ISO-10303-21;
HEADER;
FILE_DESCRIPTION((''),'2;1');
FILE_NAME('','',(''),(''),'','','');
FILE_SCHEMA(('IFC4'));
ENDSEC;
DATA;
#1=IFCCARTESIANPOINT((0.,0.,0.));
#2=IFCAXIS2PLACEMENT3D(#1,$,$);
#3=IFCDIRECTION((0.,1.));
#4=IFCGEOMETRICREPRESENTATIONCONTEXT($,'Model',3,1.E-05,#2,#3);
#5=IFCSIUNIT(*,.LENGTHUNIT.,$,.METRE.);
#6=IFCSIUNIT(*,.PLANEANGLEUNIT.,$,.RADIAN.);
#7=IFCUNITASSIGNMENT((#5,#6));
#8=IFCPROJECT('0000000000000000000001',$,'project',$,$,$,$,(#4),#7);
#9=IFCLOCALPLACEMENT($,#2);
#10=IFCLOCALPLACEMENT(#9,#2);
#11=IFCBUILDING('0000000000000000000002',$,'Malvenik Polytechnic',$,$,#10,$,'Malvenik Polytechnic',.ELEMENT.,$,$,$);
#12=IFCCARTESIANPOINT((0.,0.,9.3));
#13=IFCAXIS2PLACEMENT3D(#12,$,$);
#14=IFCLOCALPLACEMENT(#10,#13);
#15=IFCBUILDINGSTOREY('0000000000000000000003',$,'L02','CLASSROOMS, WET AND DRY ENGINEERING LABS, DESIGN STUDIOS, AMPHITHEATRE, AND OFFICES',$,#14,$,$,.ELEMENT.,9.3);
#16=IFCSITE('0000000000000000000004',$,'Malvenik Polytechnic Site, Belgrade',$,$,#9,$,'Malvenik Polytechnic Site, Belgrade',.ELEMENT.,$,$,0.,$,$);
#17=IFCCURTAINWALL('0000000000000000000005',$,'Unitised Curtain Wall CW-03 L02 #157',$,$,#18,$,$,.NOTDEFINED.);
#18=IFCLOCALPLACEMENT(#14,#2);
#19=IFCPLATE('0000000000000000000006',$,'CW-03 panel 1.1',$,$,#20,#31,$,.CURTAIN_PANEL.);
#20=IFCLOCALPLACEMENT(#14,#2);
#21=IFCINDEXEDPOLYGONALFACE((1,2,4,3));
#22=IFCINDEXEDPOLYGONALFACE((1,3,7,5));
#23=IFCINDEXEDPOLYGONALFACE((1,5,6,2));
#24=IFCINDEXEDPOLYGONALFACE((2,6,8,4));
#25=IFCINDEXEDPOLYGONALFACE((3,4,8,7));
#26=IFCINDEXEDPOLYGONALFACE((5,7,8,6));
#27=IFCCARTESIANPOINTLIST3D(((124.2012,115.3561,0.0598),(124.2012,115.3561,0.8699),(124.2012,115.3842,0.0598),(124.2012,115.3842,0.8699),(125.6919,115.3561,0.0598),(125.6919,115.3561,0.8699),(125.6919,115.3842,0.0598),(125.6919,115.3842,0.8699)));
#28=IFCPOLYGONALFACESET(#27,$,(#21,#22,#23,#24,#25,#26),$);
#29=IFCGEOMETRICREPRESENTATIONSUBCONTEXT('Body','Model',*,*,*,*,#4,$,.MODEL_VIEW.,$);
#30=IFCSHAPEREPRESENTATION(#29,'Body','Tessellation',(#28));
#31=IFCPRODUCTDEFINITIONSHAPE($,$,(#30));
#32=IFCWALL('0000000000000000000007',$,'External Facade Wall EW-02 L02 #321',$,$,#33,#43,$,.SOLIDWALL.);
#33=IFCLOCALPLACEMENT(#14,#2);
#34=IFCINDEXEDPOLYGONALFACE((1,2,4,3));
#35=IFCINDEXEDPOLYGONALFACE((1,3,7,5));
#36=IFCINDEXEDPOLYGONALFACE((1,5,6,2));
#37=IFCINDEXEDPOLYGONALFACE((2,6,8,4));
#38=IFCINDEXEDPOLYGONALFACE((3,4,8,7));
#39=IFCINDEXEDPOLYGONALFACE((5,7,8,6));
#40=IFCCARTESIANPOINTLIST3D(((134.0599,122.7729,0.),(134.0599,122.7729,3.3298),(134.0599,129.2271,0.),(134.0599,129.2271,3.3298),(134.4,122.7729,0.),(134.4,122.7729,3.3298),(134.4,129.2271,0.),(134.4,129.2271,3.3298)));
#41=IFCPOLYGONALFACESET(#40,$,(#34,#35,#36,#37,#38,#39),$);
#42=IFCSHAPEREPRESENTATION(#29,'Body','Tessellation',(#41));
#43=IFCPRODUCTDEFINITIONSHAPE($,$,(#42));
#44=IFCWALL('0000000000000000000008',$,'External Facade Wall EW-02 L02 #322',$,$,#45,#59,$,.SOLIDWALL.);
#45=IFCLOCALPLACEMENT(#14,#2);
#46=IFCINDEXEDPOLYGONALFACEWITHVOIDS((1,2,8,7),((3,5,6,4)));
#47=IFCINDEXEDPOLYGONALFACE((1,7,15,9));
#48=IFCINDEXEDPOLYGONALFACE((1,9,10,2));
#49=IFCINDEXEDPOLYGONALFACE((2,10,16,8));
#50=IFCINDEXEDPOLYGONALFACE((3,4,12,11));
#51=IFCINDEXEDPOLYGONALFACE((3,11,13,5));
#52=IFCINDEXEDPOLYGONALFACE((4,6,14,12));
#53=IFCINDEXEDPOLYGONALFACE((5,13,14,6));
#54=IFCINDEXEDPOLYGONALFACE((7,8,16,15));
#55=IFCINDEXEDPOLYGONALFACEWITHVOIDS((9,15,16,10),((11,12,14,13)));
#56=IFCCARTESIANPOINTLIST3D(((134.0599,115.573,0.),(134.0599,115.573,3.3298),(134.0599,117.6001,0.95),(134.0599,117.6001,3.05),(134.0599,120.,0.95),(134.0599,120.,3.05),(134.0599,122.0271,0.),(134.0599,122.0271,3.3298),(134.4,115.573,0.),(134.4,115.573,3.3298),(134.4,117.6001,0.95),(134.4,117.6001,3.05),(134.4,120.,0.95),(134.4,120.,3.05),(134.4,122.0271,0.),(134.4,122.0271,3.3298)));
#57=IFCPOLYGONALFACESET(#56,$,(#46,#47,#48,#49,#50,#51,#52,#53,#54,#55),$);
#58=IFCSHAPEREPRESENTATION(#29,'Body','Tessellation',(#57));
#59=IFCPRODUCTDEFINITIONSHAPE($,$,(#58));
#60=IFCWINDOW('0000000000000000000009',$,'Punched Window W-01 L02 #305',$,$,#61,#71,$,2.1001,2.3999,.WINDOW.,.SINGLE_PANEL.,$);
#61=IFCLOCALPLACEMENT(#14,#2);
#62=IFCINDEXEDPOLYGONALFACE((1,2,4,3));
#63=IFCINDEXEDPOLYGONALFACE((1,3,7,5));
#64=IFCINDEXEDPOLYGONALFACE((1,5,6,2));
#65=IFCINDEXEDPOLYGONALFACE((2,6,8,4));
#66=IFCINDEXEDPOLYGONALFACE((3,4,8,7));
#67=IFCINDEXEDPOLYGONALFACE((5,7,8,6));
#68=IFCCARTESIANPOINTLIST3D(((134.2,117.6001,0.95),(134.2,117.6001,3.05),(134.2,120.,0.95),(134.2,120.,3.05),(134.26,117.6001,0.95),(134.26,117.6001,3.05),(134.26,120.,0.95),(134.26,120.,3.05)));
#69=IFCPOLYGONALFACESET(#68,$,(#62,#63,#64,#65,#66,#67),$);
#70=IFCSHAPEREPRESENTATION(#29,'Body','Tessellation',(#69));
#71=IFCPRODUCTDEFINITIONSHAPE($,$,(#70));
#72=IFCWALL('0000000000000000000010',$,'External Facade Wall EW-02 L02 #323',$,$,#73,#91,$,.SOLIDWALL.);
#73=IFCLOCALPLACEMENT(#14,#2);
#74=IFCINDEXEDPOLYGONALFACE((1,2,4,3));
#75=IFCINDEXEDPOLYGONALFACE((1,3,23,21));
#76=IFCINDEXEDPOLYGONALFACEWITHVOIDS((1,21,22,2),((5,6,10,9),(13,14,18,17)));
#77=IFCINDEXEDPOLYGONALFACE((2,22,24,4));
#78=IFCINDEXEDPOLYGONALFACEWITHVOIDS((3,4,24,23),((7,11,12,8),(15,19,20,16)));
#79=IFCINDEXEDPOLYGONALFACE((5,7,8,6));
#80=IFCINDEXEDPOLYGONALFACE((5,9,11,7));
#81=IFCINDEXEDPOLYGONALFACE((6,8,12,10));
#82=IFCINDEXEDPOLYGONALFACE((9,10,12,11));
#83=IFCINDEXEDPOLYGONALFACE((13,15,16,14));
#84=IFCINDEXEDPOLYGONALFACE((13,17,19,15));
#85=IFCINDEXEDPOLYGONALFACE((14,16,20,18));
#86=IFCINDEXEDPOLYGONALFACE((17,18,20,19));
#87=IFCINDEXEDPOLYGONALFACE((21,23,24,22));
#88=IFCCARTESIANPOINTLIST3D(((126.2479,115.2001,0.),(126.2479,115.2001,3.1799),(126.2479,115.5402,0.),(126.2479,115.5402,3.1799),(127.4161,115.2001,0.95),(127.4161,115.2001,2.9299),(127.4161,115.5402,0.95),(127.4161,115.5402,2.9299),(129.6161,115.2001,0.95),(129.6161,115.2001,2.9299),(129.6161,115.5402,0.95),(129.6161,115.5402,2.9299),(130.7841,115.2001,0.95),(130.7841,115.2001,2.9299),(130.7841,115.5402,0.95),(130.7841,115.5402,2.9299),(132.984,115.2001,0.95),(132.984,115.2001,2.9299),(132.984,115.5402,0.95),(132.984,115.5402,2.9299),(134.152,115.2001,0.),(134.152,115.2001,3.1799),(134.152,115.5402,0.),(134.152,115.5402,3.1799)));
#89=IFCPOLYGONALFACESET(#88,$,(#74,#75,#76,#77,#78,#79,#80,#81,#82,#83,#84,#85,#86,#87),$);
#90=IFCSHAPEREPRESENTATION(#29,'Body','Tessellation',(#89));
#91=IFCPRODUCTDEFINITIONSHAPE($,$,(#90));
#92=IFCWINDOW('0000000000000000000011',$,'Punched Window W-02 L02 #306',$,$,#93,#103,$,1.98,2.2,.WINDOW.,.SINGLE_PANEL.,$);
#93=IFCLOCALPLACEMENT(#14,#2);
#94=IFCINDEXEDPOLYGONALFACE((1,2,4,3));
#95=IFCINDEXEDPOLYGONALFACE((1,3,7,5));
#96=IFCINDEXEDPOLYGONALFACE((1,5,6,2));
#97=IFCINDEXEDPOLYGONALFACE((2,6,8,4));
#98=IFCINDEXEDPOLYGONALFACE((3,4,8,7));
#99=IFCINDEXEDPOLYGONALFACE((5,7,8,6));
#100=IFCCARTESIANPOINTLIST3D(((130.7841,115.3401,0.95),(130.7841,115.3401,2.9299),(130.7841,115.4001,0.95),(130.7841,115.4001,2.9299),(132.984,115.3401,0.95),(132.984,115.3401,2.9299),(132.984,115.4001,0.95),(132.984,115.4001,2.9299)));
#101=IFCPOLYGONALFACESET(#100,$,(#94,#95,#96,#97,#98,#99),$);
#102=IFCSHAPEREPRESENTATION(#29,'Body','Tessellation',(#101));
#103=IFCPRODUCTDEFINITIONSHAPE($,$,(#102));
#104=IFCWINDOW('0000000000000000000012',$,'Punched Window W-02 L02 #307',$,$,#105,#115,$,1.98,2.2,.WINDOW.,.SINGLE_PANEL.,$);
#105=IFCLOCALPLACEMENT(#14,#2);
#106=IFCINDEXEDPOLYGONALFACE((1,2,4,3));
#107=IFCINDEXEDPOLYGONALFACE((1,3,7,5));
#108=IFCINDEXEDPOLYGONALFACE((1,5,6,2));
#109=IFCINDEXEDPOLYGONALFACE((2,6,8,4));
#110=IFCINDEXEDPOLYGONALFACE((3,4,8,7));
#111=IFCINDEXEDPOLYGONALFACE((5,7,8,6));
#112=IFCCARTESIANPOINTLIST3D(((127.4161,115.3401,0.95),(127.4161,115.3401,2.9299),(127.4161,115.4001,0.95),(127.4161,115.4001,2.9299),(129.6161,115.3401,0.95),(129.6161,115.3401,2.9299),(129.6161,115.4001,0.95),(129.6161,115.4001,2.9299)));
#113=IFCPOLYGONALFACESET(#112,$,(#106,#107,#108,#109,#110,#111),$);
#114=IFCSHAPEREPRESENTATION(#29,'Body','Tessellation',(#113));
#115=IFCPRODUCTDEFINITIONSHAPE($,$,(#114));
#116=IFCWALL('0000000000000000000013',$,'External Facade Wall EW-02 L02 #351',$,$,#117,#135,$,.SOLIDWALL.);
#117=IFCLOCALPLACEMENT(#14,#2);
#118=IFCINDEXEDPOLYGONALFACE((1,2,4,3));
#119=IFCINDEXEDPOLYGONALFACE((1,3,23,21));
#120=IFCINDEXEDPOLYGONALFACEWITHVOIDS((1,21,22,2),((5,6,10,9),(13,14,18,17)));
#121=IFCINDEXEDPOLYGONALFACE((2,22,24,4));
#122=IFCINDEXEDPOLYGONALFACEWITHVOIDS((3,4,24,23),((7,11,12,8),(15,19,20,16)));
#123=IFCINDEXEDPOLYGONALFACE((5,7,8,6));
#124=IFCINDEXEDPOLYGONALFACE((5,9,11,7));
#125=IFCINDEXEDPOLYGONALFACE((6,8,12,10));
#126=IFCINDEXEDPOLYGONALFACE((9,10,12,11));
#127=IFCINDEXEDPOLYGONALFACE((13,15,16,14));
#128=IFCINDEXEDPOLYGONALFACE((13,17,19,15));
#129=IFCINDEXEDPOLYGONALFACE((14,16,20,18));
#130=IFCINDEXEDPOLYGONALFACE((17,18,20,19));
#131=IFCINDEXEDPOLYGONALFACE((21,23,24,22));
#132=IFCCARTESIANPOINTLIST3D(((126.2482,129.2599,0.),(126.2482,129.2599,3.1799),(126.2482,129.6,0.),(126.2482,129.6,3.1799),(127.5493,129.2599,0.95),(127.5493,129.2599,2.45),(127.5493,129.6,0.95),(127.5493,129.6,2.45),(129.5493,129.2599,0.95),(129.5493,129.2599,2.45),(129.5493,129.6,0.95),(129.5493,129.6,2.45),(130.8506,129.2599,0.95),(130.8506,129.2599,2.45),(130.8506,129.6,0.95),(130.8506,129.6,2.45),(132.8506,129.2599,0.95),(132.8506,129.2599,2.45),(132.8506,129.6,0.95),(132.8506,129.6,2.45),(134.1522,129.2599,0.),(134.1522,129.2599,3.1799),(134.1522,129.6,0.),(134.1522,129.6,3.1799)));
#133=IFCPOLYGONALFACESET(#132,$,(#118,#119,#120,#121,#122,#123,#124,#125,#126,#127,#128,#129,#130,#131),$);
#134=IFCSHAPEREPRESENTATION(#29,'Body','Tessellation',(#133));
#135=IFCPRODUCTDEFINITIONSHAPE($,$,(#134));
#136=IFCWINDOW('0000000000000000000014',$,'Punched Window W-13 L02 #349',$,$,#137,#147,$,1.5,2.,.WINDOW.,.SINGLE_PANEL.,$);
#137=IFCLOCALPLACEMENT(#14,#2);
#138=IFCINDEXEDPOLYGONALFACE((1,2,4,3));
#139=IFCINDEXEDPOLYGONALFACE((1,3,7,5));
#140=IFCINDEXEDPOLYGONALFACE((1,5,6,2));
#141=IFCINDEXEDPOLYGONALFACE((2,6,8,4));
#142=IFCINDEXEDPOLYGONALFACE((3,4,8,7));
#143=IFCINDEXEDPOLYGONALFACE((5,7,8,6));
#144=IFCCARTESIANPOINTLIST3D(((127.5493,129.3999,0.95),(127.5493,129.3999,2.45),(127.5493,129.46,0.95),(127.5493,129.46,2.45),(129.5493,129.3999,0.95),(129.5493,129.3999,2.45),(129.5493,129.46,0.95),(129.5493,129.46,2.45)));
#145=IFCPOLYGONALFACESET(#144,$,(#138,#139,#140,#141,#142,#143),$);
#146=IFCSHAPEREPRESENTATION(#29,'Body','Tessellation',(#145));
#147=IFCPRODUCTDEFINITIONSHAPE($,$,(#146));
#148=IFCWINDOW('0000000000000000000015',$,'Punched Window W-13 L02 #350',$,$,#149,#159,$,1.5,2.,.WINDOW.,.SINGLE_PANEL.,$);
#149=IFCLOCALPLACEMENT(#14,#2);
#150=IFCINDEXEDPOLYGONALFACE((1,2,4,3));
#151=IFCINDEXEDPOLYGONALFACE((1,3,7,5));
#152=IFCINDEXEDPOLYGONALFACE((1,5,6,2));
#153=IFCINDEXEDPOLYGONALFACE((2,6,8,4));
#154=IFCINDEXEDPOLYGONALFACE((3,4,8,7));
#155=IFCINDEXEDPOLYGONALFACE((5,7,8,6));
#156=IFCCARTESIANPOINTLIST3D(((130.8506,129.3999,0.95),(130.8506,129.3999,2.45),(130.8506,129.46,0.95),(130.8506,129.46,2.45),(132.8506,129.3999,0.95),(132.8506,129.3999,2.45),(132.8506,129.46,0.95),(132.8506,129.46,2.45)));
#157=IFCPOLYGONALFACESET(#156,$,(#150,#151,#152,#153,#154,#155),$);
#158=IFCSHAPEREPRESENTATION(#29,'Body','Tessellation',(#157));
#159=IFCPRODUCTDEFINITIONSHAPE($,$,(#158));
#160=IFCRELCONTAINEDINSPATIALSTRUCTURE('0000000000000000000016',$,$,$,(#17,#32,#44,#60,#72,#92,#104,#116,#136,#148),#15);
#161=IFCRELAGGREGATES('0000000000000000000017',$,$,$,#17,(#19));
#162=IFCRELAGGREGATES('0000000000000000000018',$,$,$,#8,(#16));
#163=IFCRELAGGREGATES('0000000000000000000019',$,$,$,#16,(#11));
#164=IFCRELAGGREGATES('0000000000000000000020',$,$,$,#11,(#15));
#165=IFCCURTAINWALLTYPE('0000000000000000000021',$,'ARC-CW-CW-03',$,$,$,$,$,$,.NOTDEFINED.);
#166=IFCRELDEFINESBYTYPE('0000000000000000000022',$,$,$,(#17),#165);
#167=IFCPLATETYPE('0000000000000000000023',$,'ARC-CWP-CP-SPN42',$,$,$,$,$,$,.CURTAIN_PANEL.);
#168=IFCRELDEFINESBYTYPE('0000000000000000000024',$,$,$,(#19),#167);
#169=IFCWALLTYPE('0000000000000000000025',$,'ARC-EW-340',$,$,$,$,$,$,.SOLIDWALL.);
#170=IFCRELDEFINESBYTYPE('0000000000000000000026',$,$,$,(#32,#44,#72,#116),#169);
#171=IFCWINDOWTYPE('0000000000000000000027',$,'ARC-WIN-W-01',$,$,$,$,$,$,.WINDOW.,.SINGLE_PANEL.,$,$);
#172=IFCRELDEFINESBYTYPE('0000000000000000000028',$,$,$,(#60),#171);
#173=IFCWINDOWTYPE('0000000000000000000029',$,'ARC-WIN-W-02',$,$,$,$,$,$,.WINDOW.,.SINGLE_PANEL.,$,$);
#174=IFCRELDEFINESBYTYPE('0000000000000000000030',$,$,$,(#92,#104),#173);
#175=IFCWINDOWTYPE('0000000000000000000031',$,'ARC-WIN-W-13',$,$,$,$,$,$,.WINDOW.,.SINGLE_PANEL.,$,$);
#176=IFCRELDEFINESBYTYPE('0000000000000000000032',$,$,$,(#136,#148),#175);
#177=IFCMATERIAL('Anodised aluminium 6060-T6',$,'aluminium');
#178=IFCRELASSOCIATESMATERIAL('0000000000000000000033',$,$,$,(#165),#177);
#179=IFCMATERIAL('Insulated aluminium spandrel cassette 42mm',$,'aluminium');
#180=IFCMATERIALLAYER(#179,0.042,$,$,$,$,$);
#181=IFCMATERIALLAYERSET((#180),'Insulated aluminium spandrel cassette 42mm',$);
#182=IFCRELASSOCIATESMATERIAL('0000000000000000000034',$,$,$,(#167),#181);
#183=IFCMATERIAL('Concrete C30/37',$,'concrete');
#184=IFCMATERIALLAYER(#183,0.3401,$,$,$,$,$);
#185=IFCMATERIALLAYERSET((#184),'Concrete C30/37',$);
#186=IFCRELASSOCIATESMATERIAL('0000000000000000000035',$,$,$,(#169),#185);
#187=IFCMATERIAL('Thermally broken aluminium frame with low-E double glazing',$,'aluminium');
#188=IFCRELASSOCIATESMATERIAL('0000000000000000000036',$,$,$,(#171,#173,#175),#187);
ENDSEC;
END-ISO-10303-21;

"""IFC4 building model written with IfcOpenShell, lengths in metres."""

from ifc_helpers import new_model, si_unit, direction, frame, frame_2d, origin, origin_2d, place, context, subcontext, project, spatial, rectangle, extrude, material, layer, layer_set, type_object, element, fill, aggregate, save


model = new_model("IFC4")

# Units and contexts
model_context = context("Model", 3, precision=1e-05, world=origin(), true_north=direction((0.0, 1.0)))
body_context = subcontext(model_context, "Body", "Model", "MODEL_VIEW")
ifc_project = project(units=[si_unit("LENGTHUNIT", "METRE"), si_unit("PLANEANGLEUNIT", "RADIAN")], contexts=[model_context])

# Site, building, storey
site_placement = place(None, origin())
site = spatial("IfcSite", under=ifc_project, at=site_placement, Name="Malvenik Polytechnic Site, Belgrade", LongName="Malvenik Polytechnic Site, Belgrade", CompositionType="ELEMENT", RefElevation=0.0)
building_placement = place(site_placement, origin())
building = spatial("IfcBuilding", under=site, at=building_placement, Name="Malvenik Polytechnic", LongName="Malvenik Polytechnic", CompositionType="ELEMENT")
storey_placement = place(building_placement, frame((0.0, 0.0, 9.3)))
storey = spatial("IfcBuildingStorey", under=building, at=storey_placement, Name="L02", Description="CLASSROOMS, WET AND DRY ENGINEERING LABS, DESIGN STUDIOS, AMPHITHEATRE, AND OFFICES", CompositionType="ELEMENT", Elevation=9.3)

# Curtain wall
ifc_material_1 = material(Name="Anodised aluminium 6060-T6", Category="aluminium")
curtain_wall_type = type_object("IfcCurtainWallType", Name="ARC-CW-CW-03", PredefinedType="NOTDEFINED", material=ifc_material_1)
curtain_wall_placement = place(storey_placement, origin())
curtain_wall = element("IfcCurtainWall", 1, at=curtain_wall_placement, inside=storey, type_object=curtain_wall_type, Name="Unitised Curtain Wall CW-03 L02 #157", PredefinedType="NOTDEFINED")

# Shared definitions
ifc_material_2 = material(Name="Concrete C30/37", Category="concrete")

# Plate
ifc_material_3 = material(Name="Insulated aluminium spandrel cassette 42mm", Category="aluminium")
ifc_layer_1 = layer(ifc_material_3, 0.042)
ifc_layer_set_1 = layer_set([ifc_layer_1], Name="Insulated aluminium spandrel cassette 42mm")
plate_type_1 = type_object("IfcPlateType", Name="ARC-CWP-CP-SPN42", PredefinedType="CURTAIN_PANEL", material=ifc_layer_set_1)
plate_1_placement = place(storey_placement, frame((124.9465, 115.3701, 0.0598), z_axis=(0.0, 0.0, 1.0), x_axis=(-1.0, 0.0, 0.0)))
plate_1 = element("IfcPlate", 2, at=plate_1_placement, type_object=plate_type_1, Name="CW-03 panel 1.1", PredefinedType="CURTAIN_PANEL", context=body_context, shape_type="SweptSolid", body=[
    extrude(rectangle(XDim=1.4907, YDim=0.0281, at=origin_2d()), origin(), (0.0, 0.0, 1.0), 0.8101),
])
aggregate(curtain_wall, [plate_1])

# Wall
ifc_layer_2 = layer(ifc_material_2, 0.3401)
ifc_layer_set_2 = layer_set([ifc_layer_2], Name="Concrete C30/37")
wall_type_1 = type_object("IfcWallType", Name="ARC-EW-340", PredefinedType="SOLIDWALL", material=ifc_layer_set_2)
wall_1_placement = place(storey_placement, frame((134.23, 129.2271, 0.0), z_axis=(0.0, 0.0, 1.0), x_axis=(0.0, -1.0, 0.0)))
element("IfcWall", 3, at=wall_1_placement, inside=storey, type_object=wall_type_1, Name="External Facade Wall EW-02 L02 #321", PredefinedType="SOLIDWALL", context=body_context, shape_type="SweptSolid", body=[
    extrude(rectangle(XDim=6.4541, YDim=0.3401, at=frame_2d((3.2271, 0.0))), origin(), (0.0, 0.0, 1.0), 3.3298),
])

# Wall, opening, window
wall_2_placement = place(storey_placement, frame((134.23, 122.0271, 0.0), z_axis=(0.0, 0.0, 1.0), x_axis=(0.0, -1.0, 0.0)))
wall_2 = element("IfcWall", 4, at=wall_2_placement, inside=storey, type_object=wall_type_1, Name="External Facade Wall EW-02 L02 #322", PredefinedType="SOLIDWALL", context=body_context, shape_type="SweptSolid", body=[
    extrude(rectangle(XDim=6.4541, YDim=0.3401, at=frame_2d((3.2271, 0.0))), origin(), (0.0, 0.0, 1.0), 3.3298),
])
opening_1_placement = place(wall_2_placement, frame((2.0271, 0.0, 0.95)))
opening_1 = element("IfcOpeningElement", 5, at=opening_1_placement, cuts=wall_2, PredefinedType="OPENING", context=body_context, shape_type="SweptSolid", body=[
    extrude(rectangle(XDim=2.3999, YDim=2.1001, at=frame_2d((1.2, 1.05))), frame((0.0, 0.1802, 0.0), z_axis=(0.0, -1.0, 0.0), x_axis=(1.0, 0.0, 0.0)), (0.0, 0.0, 1.0), 0.3601),
])
ifc_material_4 = material(Name="Thermally broken aluminium frame with low-E double glazing", Category="aluminium")
window_type_1 = type_object("IfcWindowType", Name="ARC-WIN-W-01", PartitioningType="SINGLE_PANEL", PredefinedType="WINDOW", material=ifc_material_4)
window_1_placement = place(opening_1_placement, origin())
window_1 = element("IfcWindow", 6, at=window_1_placement, inside=storey, type_object=window_type_1, Name="Punched Window W-01 L02 #305", OverallHeight=2.1001, OverallWidth=2.3999, PartitioningType="SINGLE_PANEL", PredefinedType="WINDOW", context=body_context, shape_type="SweptSolid", body=[
    extrude(rectangle(XDim=2.3999, YDim=2.1001, at=frame_2d((1.2, 1.05))), frame((0.0, 0.03, 0.0), z_axis=(0.0, -1.0, 0.0), x_axis=(1.0, 0.0, 0.0)), (0.0, 0.0, 1.0), 0.0601),
])
fill(opening_1, window_1)

# Walls, openings, windows
wall_3_placement = place(storey_placement, frame((134.1521, 115.3701, 0.0), z_axis=(0.0, 0.0, 1.0), x_axis=(-1.0, 0.0, 0.0)))
wall_3 = element("IfcWall", 7, at=wall_3_placement, inside=storey, type_object=wall_type_1, Name="External Facade Wall EW-02 L02 #323", PredefinedType="SOLIDWALL", context=body_context, shape_type="SweptSolid", body=[
    extrude(rectangle(XDim=7.9041, YDim=0.3401, at=frame_2d((3.9521, 0.0))), origin(), (0.0, 0.0, 1.0), 3.1799),
])
opening_2_placement = place(wall_3_placement, frame((1.168, 0.0, 0.95)))
opening_2 = element("IfcOpeningElement", 8, at=opening_2_placement, cuts=wall_3, PredefinedType="OPENING", context=body_context, shape_type="SweptSolid", body=[
    extrude(rectangle(XDim=2.2, YDim=1.98, at=frame_2d((1.1001, 0.99))), frame((0.0, 0.1802, 0.0), z_axis=(0.0, -1.0, 0.0), x_axis=(1.0, 0.0, 0.0)), (0.0, 0.0, 1.0), 0.3601),
])
opening_3_placement = place(wall_3_placement, frame((4.5359, 0.0, 0.95)))
opening_3 = element("IfcOpeningElement", 9, at=opening_3_placement, cuts=wall_3, PredefinedType="OPENING", context=body_context, shape_type="SweptSolid", body=[
    extrude(rectangle(XDim=2.2, YDim=1.98, at=frame_2d((1.1001, 0.99))), frame((0.0, 0.1802, 0.0), z_axis=(0.0, -1.0, 0.0), x_axis=(1.0, 0.0, 0.0)), (0.0, 0.0, 1.0), 0.3601),
])
window_type_2 = type_object("IfcWindowType", Name="ARC-WIN-W-02", PartitioningType="SINGLE_PANEL", PredefinedType="WINDOW", material=ifc_material_4)
window_2_placement = place(opening_2_placement, origin())
window_2 = element("IfcWindow", 10, at=window_2_placement, inside=storey, type_object=window_type_2, Name="Punched Window W-02 L02 #306", OverallHeight=1.98, OverallWidth=2.2, PartitioningType="SINGLE_PANEL", PredefinedType="WINDOW", context=body_context, shape_type="SweptSolid", body=[
    extrude(rectangle(XDim=2.2, YDim=1.98, at=frame_2d((1.1001, 0.99))), frame((0.0, 0.03, 0.0), z_axis=(0.0, -1.0, 0.0), x_axis=(1.0, 0.0, 0.0)), (0.0, 0.0, 1.0), 0.0601),
])
fill(opening_2, window_2)
window_3_placement = place(opening_3_placement, origin())
window_3 = element("IfcWindow", 11, at=window_3_placement, inside=storey, type_object=window_type_2, Name="Punched Window W-02 L02 #307", OverallHeight=1.98, OverallWidth=2.2, PartitioningType="SINGLE_PANEL", PredefinedType="WINDOW", context=body_context, shape_type="SweptSolid", body=[
    extrude(rectangle(XDim=2.2, YDim=1.98, at=frame_2d((1.1001, 0.99))), frame((0.0, 0.03, 0.0), z_axis=(0.0, -1.0, 0.0), x_axis=(1.0, 0.0, 0.0)), (0.0, 0.0, 1.0), 0.0601),
])
fill(opening_3, window_3)
wall_4_placement = place(storey_placement, frame((126.248, 129.4299, 0.0), z_axis=(0.0, 0.0, 1.0), x_axis=(1.0, 0.0, 0.0)))
wall_4 = element("IfcWall", 12, at=wall_4_placement, inside=storey, type_object=wall_type_1, Name="External Facade Wall EW-02 L02 #351", PredefinedType="SOLIDWALL", context=body_context, shape_type="SweptSolid", body=[
    extrude(rectangle(XDim=7.9041, YDim=0.3401, at=frame_2d((3.9521, 0.0))), origin(), (0.0, 0.0, 1.0), 3.1799),
])
opening_4_placement = place(wall_4_placement, frame((1.3013, 0.0, 0.95)))
opening_4 = element("IfcOpeningElement", 13, at=opening_4_placement, cuts=wall_4, PredefinedType="OPENING", context=body_context, shape_type="SweptSolid", body=[
    extrude(rectangle(XDim=2.0, YDim=1.5, at=frame_2d((1.0, 0.75))), frame((0.0, 0.1802, 0.0), z_axis=(0.0, -1.0, 0.0), x_axis=(1.0, 0.0, 0.0)), (0.0, 0.0, 1.0), 0.3601),
])
opening_5_placement = place(wall_4_placement, frame((4.6025, 0.0, 0.95)))
opening_5 = element("IfcOpeningElement", 14, at=opening_5_placement, cuts=wall_4, PredefinedType="OPENING", context=body_context, shape_type="SweptSolid", body=[
    extrude(rectangle(XDim=2.0, YDim=1.5, at=frame_2d((1.0, 0.75))), frame((0.0, 0.1802, 0.0), z_axis=(0.0, -1.0, 0.0), x_axis=(1.0, 0.0, 0.0)), (0.0, 0.0, 1.0), 0.3601),
])
window_type_3 = type_object("IfcWindowType", Name="ARC-WIN-W-13", PartitioningType="SINGLE_PANEL", PredefinedType="WINDOW", material=ifc_material_4)
window_4_placement = place(opening_4_placement, origin())
window_4 = element("IfcWindow", 15, at=window_4_placement, inside=storey, type_object=window_type_3, Name="Punched Window W-13 L02 #349", OverallHeight=1.5, OverallWidth=2.0, PartitioningType="SINGLE_PANEL", PredefinedType="WINDOW", context=body_context, shape_type="SweptSolid", body=[
    extrude(rectangle(XDim=2.0, YDim=1.5, at=frame_2d((1.0, 0.75))), frame((0.0, 0.03, 0.0), z_axis=(0.0, -1.0, 0.0), x_axis=(1.0, 0.0, 0.0)), (0.0, 0.0, 1.0), 0.0601),
])
fill(opening_4, window_4)
window_5_placement = place(opening_5_placement, origin())
window_5 = element("IfcWindow", 16, at=window_5_placement, inside=storey, type_object=window_type_3, Name="Punched Window W-13 L02 #350", OverallHeight=1.5, OverallWidth=2.0, PartitioningType="SINGLE_PANEL", PredefinedType="WINDOW", context=body_context, shape_type="SweptSolid", body=[
    extrude(rectangle(XDim=2.0, YDim=1.5, at=frame_2d((1.0, 0.75))), frame((0.0, 0.03, 0.0), z_axis=(0.0, -1.0, 0.0), x_axis=(1.0, 0.0, 0.0)), (0.0, 0.0, 1.0), 0.0601),
])
fill(opening_5, window_5)

save(model, "model.ifc")
